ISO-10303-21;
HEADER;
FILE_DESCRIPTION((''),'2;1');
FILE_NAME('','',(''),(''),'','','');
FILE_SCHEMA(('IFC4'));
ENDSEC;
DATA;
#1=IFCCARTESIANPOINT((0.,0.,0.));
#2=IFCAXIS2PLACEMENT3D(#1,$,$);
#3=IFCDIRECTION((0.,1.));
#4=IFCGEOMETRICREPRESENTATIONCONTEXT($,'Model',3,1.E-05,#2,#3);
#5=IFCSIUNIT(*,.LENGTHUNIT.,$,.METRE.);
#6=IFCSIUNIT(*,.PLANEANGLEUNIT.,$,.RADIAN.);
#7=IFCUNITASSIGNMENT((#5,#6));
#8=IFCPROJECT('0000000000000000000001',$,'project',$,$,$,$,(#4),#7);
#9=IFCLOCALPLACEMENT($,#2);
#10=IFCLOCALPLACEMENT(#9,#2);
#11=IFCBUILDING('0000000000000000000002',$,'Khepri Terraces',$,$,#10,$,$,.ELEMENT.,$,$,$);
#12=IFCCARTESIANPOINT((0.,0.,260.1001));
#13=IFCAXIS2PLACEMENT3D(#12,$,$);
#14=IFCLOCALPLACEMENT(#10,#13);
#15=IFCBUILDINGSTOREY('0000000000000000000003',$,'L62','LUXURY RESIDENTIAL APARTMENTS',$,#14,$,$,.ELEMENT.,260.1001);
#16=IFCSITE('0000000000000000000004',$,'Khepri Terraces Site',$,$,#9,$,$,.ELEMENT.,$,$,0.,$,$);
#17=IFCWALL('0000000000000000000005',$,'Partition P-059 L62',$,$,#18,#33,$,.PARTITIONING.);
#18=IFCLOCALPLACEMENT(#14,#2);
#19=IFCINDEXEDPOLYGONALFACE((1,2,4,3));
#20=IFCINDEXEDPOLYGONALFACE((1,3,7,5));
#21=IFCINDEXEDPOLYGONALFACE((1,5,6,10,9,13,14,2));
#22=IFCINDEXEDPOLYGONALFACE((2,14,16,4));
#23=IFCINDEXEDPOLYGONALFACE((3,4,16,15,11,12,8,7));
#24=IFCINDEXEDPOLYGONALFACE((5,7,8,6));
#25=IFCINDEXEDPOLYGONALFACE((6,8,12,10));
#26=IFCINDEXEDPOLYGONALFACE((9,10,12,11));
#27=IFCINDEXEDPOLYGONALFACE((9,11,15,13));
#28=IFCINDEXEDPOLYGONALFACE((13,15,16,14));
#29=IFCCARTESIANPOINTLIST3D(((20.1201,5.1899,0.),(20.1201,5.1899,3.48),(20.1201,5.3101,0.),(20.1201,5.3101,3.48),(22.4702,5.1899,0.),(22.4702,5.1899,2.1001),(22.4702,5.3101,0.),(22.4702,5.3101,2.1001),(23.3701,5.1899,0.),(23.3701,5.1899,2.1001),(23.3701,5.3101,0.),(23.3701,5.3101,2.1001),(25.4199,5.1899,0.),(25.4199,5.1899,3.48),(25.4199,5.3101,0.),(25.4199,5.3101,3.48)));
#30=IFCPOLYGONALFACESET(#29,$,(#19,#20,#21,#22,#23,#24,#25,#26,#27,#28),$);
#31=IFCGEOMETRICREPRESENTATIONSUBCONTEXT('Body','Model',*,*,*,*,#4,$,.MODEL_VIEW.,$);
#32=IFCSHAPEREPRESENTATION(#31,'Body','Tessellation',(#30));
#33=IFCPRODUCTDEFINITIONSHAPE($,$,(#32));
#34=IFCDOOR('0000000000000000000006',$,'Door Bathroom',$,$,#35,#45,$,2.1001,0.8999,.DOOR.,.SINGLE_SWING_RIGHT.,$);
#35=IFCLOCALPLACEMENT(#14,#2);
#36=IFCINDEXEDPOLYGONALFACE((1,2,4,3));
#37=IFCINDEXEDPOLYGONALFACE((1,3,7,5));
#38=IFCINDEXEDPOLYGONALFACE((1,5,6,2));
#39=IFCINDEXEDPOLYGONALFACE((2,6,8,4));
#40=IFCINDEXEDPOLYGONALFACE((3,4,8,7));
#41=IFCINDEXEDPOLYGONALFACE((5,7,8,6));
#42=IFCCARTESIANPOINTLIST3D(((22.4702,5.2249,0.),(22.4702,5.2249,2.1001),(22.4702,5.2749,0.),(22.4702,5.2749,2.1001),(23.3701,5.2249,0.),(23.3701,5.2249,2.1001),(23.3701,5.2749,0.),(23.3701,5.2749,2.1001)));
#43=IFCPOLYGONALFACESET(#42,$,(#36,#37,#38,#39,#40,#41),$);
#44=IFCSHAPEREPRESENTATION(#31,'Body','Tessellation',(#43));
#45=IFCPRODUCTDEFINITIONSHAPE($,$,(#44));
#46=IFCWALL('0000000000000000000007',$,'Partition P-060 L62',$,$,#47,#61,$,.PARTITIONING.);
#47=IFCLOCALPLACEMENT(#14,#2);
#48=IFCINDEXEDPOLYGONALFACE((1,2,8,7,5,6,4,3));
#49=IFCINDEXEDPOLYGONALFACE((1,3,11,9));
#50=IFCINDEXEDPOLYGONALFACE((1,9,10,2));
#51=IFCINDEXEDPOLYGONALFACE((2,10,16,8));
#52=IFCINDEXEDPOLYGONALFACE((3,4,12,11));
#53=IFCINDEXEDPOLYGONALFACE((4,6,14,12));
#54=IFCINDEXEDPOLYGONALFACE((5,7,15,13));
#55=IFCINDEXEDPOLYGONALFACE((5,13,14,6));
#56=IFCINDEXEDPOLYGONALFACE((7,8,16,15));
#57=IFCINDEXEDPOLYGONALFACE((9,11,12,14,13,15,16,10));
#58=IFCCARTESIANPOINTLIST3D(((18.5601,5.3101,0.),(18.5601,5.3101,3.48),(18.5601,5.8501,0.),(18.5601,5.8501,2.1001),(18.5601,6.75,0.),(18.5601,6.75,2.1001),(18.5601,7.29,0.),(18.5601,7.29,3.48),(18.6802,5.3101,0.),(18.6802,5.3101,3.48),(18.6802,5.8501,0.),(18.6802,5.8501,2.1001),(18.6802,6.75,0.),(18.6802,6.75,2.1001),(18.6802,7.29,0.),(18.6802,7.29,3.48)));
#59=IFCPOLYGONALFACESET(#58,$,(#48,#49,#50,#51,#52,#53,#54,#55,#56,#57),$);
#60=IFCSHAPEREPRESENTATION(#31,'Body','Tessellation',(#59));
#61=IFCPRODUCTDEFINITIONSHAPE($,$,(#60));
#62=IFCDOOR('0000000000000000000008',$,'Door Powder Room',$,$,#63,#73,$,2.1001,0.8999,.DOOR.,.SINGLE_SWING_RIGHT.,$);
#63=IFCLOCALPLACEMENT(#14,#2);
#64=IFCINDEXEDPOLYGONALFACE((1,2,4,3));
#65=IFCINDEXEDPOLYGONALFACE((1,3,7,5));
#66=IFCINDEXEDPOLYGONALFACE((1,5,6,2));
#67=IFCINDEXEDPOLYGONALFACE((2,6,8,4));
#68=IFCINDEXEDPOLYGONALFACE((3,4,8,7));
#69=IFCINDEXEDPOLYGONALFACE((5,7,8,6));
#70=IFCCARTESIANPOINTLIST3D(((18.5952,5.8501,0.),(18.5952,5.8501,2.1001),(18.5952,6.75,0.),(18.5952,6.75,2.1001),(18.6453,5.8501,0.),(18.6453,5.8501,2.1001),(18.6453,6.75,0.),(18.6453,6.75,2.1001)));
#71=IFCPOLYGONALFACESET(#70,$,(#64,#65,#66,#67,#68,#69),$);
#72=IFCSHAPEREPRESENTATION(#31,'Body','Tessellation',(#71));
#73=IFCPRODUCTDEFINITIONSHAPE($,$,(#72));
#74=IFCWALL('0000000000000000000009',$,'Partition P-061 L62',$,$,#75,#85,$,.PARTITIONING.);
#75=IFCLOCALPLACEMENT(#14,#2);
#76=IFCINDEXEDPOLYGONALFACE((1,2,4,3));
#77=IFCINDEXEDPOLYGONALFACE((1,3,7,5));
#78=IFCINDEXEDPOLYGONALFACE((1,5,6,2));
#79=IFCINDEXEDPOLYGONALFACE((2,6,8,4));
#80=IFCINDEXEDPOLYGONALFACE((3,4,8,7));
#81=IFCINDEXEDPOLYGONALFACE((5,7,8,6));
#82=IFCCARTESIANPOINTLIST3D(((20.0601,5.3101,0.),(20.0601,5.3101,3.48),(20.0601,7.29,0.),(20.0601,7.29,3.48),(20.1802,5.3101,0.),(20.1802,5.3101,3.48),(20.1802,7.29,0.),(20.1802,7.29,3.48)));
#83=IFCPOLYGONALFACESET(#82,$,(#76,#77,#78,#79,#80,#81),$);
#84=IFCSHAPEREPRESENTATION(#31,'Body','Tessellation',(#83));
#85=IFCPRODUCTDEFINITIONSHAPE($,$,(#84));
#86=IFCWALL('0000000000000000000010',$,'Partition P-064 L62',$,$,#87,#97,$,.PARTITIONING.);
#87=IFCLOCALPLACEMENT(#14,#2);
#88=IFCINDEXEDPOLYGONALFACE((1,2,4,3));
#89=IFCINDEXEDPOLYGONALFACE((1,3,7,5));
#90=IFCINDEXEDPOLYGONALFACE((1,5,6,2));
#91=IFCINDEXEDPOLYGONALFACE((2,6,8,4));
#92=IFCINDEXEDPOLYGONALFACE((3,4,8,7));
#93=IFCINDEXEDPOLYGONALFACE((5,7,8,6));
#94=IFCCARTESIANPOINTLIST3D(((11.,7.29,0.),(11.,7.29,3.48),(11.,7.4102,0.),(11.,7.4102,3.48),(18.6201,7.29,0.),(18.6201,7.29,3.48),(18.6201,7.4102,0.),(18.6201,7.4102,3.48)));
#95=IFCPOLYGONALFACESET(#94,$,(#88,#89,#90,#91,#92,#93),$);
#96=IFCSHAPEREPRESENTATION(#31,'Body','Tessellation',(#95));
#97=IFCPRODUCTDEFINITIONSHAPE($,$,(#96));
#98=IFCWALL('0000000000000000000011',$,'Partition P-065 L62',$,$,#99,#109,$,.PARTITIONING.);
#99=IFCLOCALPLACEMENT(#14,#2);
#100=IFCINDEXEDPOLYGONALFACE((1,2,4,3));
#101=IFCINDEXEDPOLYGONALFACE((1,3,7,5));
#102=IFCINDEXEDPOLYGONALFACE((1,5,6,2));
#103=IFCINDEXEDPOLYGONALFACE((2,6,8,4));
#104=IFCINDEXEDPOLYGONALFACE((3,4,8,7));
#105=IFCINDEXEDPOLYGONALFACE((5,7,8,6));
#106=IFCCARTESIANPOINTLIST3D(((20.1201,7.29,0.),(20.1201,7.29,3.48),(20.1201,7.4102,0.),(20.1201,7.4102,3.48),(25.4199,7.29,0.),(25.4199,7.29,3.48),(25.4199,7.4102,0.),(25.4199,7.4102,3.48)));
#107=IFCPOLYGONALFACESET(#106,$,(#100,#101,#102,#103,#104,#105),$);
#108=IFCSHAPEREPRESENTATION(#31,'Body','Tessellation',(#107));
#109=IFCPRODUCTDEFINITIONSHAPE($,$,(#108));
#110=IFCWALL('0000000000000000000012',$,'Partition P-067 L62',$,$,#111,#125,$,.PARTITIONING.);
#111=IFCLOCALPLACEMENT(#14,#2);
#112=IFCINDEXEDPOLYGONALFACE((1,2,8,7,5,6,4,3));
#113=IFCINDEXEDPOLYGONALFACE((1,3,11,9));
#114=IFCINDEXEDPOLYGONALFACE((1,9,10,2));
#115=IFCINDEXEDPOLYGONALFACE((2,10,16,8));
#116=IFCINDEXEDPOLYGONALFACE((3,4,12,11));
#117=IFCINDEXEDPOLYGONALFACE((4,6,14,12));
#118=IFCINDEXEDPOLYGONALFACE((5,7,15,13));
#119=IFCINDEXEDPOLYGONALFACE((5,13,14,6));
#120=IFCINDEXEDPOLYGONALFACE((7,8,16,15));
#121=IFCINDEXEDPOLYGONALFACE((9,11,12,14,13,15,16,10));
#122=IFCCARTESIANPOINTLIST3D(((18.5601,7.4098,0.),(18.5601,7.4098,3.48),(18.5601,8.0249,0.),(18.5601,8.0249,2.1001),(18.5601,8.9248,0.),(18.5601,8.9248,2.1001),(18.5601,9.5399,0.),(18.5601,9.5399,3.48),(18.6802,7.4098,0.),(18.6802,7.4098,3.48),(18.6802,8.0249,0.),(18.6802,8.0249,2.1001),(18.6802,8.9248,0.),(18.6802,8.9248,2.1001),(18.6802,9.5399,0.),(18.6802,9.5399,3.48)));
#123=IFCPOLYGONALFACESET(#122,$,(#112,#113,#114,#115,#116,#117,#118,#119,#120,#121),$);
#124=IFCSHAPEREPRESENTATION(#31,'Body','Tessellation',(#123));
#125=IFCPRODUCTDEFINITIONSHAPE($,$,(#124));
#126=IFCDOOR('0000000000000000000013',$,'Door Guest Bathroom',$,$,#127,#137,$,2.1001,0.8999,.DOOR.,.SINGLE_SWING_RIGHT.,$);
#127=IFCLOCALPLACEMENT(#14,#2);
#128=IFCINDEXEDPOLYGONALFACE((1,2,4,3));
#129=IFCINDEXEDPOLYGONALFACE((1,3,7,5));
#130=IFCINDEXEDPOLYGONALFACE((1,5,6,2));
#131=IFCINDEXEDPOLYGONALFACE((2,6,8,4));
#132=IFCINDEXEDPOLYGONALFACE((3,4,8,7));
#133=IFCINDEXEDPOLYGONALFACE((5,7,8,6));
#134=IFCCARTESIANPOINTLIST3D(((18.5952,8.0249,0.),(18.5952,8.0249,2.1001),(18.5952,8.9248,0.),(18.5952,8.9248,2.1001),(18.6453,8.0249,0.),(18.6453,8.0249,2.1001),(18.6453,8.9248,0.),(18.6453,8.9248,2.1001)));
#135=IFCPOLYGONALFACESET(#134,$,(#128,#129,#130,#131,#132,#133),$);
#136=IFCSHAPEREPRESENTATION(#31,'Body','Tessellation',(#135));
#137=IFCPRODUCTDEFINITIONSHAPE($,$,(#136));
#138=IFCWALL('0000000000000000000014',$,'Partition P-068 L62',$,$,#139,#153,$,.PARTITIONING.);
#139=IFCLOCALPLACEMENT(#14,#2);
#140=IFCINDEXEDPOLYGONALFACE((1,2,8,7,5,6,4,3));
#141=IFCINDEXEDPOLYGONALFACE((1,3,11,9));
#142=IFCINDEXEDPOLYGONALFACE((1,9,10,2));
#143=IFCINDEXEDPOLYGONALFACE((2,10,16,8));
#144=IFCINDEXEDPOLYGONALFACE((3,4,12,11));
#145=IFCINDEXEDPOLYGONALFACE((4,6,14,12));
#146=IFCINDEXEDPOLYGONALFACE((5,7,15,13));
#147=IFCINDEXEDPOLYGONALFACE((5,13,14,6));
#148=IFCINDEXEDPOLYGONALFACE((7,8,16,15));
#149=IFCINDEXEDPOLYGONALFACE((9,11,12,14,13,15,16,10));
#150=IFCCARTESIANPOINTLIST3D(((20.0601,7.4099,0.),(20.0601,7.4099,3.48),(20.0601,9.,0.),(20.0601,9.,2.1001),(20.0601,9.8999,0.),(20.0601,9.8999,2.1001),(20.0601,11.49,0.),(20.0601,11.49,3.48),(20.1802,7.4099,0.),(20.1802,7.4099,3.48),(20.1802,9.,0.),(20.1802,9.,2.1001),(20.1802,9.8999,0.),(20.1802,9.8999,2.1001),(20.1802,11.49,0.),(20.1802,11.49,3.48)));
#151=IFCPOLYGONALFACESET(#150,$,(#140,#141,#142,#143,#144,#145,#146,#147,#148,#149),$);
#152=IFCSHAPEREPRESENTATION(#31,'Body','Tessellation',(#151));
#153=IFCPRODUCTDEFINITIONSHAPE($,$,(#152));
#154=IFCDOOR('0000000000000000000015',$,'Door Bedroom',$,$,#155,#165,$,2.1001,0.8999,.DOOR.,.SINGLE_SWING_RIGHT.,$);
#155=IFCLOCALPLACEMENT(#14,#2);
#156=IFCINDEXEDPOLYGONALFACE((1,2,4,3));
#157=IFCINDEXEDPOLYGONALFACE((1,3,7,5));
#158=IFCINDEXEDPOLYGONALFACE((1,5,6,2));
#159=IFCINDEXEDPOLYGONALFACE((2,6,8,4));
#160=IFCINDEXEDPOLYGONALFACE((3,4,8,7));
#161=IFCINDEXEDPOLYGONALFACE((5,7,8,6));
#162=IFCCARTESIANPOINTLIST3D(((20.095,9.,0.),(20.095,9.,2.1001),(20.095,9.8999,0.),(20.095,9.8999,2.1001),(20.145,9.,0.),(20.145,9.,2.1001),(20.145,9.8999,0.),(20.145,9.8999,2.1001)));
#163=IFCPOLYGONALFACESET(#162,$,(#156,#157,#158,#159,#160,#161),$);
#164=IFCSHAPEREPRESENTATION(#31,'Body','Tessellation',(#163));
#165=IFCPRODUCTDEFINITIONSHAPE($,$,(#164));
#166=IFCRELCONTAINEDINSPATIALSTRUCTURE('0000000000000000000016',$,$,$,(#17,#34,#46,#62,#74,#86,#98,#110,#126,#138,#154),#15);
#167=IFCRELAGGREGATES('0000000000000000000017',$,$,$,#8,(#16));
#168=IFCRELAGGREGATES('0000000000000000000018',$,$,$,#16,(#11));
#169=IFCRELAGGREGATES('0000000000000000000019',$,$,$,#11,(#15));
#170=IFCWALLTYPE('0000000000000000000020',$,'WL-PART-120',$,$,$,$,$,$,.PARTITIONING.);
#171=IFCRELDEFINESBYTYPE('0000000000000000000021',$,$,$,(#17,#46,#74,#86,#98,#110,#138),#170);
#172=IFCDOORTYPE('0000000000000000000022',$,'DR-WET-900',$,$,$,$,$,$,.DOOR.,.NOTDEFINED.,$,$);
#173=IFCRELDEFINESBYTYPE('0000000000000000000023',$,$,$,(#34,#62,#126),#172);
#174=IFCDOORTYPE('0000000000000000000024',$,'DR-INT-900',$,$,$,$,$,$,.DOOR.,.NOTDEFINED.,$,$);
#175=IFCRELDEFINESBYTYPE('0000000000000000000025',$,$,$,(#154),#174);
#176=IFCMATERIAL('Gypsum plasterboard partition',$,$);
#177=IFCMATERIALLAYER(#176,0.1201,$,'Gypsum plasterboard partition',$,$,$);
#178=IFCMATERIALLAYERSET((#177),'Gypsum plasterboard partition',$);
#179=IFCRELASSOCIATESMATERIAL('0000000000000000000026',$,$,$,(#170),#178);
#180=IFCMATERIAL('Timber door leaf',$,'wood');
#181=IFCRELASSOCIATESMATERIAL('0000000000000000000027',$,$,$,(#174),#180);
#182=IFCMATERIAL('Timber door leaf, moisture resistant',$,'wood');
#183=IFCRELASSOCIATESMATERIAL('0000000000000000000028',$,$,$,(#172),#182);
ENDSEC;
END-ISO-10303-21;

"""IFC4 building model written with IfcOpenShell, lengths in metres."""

from ifc_helpers import new_model, si_unit, direction, frame, frame_2d, origin, place, context, subcontext, project, spatial, rectangle, extrude, material, layer, layer_set, type_object, element, fill, save


model = new_model("IFC4")

# Units and contexts
model_context = context("Model", 3, precision=1e-05, world=origin(), true_north=direction((0.0, 1.0)))
body_context = subcontext(model_context, "Body", "Model", "MODEL_VIEW")
ifc_project = project(units=[si_unit("LENGTHUNIT", "METRE"), si_unit("PLANEANGLEUNIT", "RADIAN")], contexts=[model_context])

# Site, building, storey
site_placement = place(None, origin())
site = spatial("IfcSite", under=ifc_project, at=site_placement, Name="Khepri Terraces Site", CompositionType="ELEMENT", RefElevation=0.0)
building_placement = place(site_placement, origin())
building = spatial("IfcBuilding", under=site, at=building_placement, Name="Khepri Terraces", CompositionType="ELEMENT")
storey_placement = place(building_placement, frame((0.0, 0.0, 260.1001)))
storey = spatial("IfcBuildingStorey", under=building, at=storey_placement, Name="L62", Description="LUXURY RESIDENTIAL APARTMENTS", CompositionType="ELEMENT", Elevation=260.1001)

# Shared definitions
ifc_material_1 = material(Name="Gypsum plasterboard partition")
ifc_layer_1 = layer(ifc_material_1, 0.1201, Name="Gypsum plasterboard partition")
ifc_layer_set_1 = layer_set([ifc_layer_1], Name="Gypsum plasterboard partition")
wall_type_1 = type_object("IfcWallType", Name="WL-PART-120", PredefinedType="PARTITIONING", material=ifc_layer_set_1)

# Shared definitions
ifc_material_2 = material(Name="Timber door leaf", Category="wood")
door_type_1 = type_object("IfcDoorType", Name="DR-INT-900", OperationType="NOTDEFINED", PredefinedType="DOOR", material=ifc_material_2)

# Walls, openings, doors
wall_1_placement = place(storey_placement, frame((20.1201, 5.25, 0.0), z_axis=(0.0, 0.0, 1.0), x_axis=(1.0, 0.0, 0.0)))
wall_1 = element("IfcWall", 1, at=wall_1_placement, inside=storey, type_object=wall_type_1, Name="Partition P-059 L62", PredefinedType="PARTITIONING", context=body_context, shape_type="SweptSolid", body=[
    extrude(rectangle(XDim=5.2998, YDim=0.1201, at=frame_2d((2.6499, 0.0))), origin(), (0.0, 0.0, 1.0), 3.48),
])
opening_1_placement = place(wall_1_placement, frame((2.3501, 0.0, 0.0)))
opening_1 = element("IfcOpeningElement", 2, at=opening_1_placement, cuts=wall_1, PredefinedType="OPENING", context=body_context, shape_type="SweptSolid", body=[
    extrude(rectangle(XDim=0.8999, YDim=2.1001, at=frame_2d((0.45, 1.05))), frame((0.0, 0.0701, 0.0), z_axis=(0.0, -1.0, 0.0), x_axis=(1.0, 0.0, 0.0)), (0.0, 0.0, 1.0), 0.1401),
])
ifc_material_3 = material(Name="Timber door leaf, moisture resistant", Category="wood")
door_type_2 = type_object("IfcDoorType", Name="DR-WET-900", OperationType="NOTDEFINED", PredefinedType="DOOR", material=ifc_material_3)
door_1_placement = place(opening_1_placement, origin())
door_1 = element("IfcDoor", 3, at=door_1_placement, inside=storey, type_object=door_type_2, Name="Door Bathroom", OperationType="SINGLE_SWING_RIGHT", OverallHeight=2.1001, OverallWidth=0.8999, PredefinedType="DOOR", context=body_context, shape_type="SweptSolid", body=[
    extrude(rectangle(XDim=0.8999, YDim=2.1001, at=frame_2d((0.45, 1.05))), frame((0.0, 0.0249, 0.0), z_axis=(0.0, -1.0, 0.0), x_axis=(1.0, 0.0, 0.0)), (0.0, 0.0, 1.0), 0.05),
])
fill(opening_1, door_1)
wall_2_placement = place(storey_placement, frame((18.6201, 5.3101, 0.0), z_axis=(0.0, 0.0, 1.0), x_axis=(0.0, 1.0, 0.0)))
wall_2 = element("IfcWall", 4, at=wall_2_placement, inside=storey, type_object=wall_type_1, Name="Partition P-060 L62", PredefinedType="PARTITIONING", context=body_context, shape_type="SweptSolid", body=[
    extrude(rectangle(XDim=1.98, YDim=0.1201, at=frame_2d((0.99, 0.0))), origin(), (0.0, 0.0, 1.0), 3.48),
])
opening_2_placement = place(wall_2_placement, frame((0.54, 0.0, 0.0)))
opening_2 = element("IfcOpeningElement", 5, at=opening_2_placement, cuts=wall_2, PredefinedType="OPENING", context=body_context, shape_type="SweptSolid", body=[
    extrude(rectangle(XDim=0.8999, YDim=2.1001, at=frame_2d((0.45, 1.05))), frame((0.0, 0.0701, 0.0), z_axis=(0.0, -1.0, 0.0), x_axis=(1.0, 0.0, 0.0)), (0.0, 0.0, 1.0), 0.1401),
])
door_2_placement = place(opening_2_placement, origin())
door_2 = element("IfcDoor", 6, at=door_2_placement, inside=storey, type_object=door_type_2, Name="Door Powder Room", OperationType="SINGLE_SWING_RIGHT", OverallHeight=2.1001, OverallWidth=0.8999, PredefinedType="DOOR", context=body_context, shape_type="SweptSolid", body=[
    extrude(rectangle(XDim=0.8999, YDim=2.1001, at=frame_2d((0.45, 1.05))), frame((0.0, 0.0249, 0.0), z_axis=(0.0, -1.0, 0.0), x_axis=(1.0, 0.0, 0.0)), (0.0, 0.0, 1.0), 0.05),
])
fill(opening_2, door_2)

# Walls
wall_3_placement = place(storey_placement, frame((20.1201, 5.3101, 0.0), z_axis=(0.0, 0.0, 1.0), x_axis=(0.0, 1.0, 0.0)))
element("IfcWall", 7, at=wall_3_placement, inside=storey, type_object=wall_type_1, Name="Partition P-061 L62", PredefinedType="PARTITIONING", context=body_context, shape_type="SweptSolid", body=[
    extrude(rectangle(XDim=1.98, YDim=0.1201, at=frame_2d((0.99, 0.0))), origin(), (0.0, 0.0, 1.0), 3.48),
])
wall_4_placement = place(storey_placement, frame((11.0, 7.3501, 0.0), z_axis=(0.0, 0.0, 1.0), x_axis=(1.0, 0.0, 0.0)))
element("IfcWall", 8, at=wall_4_placement, inside=storey, type_object=wall_type_1, Name="Partition P-064 L62", PredefinedType="PARTITIONING", context=body_context, shape_type="SweptSolid", body=[
    extrude(rectangle(XDim=7.6201, YDim=0.1201, at=frame_2d((3.8101, 0.0))), origin(), (0.0, 0.0, 1.0), 3.48),
])
wall_5_placement = place(storey_placement, frame((20.1201, 7.3501, 0.0), z_axis=(0.0, 0.0, 1.0), x_axis=(1.0, 0.0, 0.0)))
element("IfcWall", 9, at=wall_5_placement, inside=storey, type_object=wall_type_1, Name="Partition P-065 L62", PredefinedType="PARTITIONING", context=body_context, shape_type="SweptSolid", body=[
    extrude(rectangle(XDim=5.2998, YDim=0.1201, at=frame_2d((2.6499, 0.0))), origin(), (0.0, 0.0, 1.0), 3.48),
])

# Walls, openings, doors
wall_6_placement = place(storey_placement, frame((18.6201, 7.4099, 0.0), z_axis=(0.0, 0.0, 1.0), x_axis=(0.0, 1.0, 0.0)))
wall_6 = element("IfcWall", 10, at=wall_6_placement, inside=storey, type_object=wall_type_1, Name="Partition P-067 L62", PredefinedType="PARTITIONING", context=body_context, shape_type="SweptSolid", body=[
    extrude(rectangle(XDim=2.1301, YDim=0.1201, at=frame_2d((1.0649, 0.0))), origin(), (0.0, 0.0, 1.0), 3.48),
])
opening_3_placement = place(wall_6_placement, frame((0.615, 0.0, 0.0)))
opening_3 = element("IfcOpeningElement", 11, at=opening_3_placement, cuts=wall_6, PredefinedType="OPENING", context=body_context, shape_type="SweptSolid", body=[
    extrude(rectangle(XDim=0.8999, YDim=2.1001, at=frame_2d((0.45, 1.05))), frame((0.0, 0.0701, 0.0), z_axis=(0.0, -1.0, 0.0), x_axis=(1.0, 0.0, 0.0)), (0.0, 0.0, 1.0), 0.1401),
])
door_3_placement = place(opening_3_placement, origin())
door_3 = element("IfcDoor", 12, at=door_3_placement, inside=storey, type_object=door_type_2, Name="Door Guest Bathroom", OperationType="SINGLE_SWING_RIGHT", OverallHeight=2.1001, OverallWidth=0.8999, PredefinedType="DOOR", context=body_context, shape_type="SweptSolid", body=[
    extrude(rectangle(XDim=0.8999, YDim=2.1001, at=frame_2d((0.45, 1.05))), frame((0.0, 0.0249, 0.0), z_axis=(0.0, -1.0, 0.0), x_axis=(1.0, 0.0, 0.0)), (0.0, 0.0, 1.0), 0.05),
])
fill(opening_3, door_3)
wall_7_placement = place(storey_placement, frame((20.1201, 7.4099, 0.0), z_axis=(0.0, 0.0, 1.0), x_axis=(0.0, 1.0, 0.0)))
wall_7 = element("IfcWall", 13, at=wall_7_placement, inside=storey, type_object=wall_type_1, Name="Partition P-068 L62", PredefinedType="PARTITIONING", context=body_context, shape_type="SweptSolid", body=[
    extrude(rectangle(XDim=4.0801, YDim=0.1201, at=frame_2d((2.04, 0.0))), origin(), (0.0, 0.0, 1.0), 3.48),
])
opening_4_placement = place(wall_7_placement, frame((1.5901, 0.0, 0.0)))
opening_4 = element("IfcOpeningElement", 14, at=opening_4_placement, cuts=wall_7, PredefinedType="OPENING", context=body_context, shape_type="SweptSolid", body=[
    extrude(rectangle(XDim=0.8999, YDim=2.1001, at=frame_2d((0.45, 1.05))), frame((0.0, 0.0701, 0.0), z_axis=(0.0, -1.0, 0.0), x_axis=(1.0, 0.0, 0.0)), (0.0, 0.0, 1.0), 0.1401),
])
door_4_placement = place(opening_4_placement, frame((0.8999, 0.0, 0.0), z_axis=(0.0, 0.0, 1.0), x_axis=(-1.0, 0.0, 0.0)))
door_4 = element("IfcDoor", 15, at=door_4_placement, inside=storey, type_object=door_type_1, Name="Door Bedroom", OperationType="SINGLE_SWING_RIGHT", OverallHeight=2.1001, OverallWidth=0.8999, PredefinedType="DOOR", context=body_context, shape_type="SweptSolid", body=[
    extrude(rectangle(XDim=0.8999, YDim=2.1001, at=frame_2d((0.45, 1.05))), frame((0.0, 0.0249, 0.0), z_axis=(0.0, -1.0, 0.0), x_axis=(1.0, 0.0, 0.0)), (0.0, 0.0, 1.0), 0.05),
])
fill(opening_4, door_4)

save(model, "model.ifc")
